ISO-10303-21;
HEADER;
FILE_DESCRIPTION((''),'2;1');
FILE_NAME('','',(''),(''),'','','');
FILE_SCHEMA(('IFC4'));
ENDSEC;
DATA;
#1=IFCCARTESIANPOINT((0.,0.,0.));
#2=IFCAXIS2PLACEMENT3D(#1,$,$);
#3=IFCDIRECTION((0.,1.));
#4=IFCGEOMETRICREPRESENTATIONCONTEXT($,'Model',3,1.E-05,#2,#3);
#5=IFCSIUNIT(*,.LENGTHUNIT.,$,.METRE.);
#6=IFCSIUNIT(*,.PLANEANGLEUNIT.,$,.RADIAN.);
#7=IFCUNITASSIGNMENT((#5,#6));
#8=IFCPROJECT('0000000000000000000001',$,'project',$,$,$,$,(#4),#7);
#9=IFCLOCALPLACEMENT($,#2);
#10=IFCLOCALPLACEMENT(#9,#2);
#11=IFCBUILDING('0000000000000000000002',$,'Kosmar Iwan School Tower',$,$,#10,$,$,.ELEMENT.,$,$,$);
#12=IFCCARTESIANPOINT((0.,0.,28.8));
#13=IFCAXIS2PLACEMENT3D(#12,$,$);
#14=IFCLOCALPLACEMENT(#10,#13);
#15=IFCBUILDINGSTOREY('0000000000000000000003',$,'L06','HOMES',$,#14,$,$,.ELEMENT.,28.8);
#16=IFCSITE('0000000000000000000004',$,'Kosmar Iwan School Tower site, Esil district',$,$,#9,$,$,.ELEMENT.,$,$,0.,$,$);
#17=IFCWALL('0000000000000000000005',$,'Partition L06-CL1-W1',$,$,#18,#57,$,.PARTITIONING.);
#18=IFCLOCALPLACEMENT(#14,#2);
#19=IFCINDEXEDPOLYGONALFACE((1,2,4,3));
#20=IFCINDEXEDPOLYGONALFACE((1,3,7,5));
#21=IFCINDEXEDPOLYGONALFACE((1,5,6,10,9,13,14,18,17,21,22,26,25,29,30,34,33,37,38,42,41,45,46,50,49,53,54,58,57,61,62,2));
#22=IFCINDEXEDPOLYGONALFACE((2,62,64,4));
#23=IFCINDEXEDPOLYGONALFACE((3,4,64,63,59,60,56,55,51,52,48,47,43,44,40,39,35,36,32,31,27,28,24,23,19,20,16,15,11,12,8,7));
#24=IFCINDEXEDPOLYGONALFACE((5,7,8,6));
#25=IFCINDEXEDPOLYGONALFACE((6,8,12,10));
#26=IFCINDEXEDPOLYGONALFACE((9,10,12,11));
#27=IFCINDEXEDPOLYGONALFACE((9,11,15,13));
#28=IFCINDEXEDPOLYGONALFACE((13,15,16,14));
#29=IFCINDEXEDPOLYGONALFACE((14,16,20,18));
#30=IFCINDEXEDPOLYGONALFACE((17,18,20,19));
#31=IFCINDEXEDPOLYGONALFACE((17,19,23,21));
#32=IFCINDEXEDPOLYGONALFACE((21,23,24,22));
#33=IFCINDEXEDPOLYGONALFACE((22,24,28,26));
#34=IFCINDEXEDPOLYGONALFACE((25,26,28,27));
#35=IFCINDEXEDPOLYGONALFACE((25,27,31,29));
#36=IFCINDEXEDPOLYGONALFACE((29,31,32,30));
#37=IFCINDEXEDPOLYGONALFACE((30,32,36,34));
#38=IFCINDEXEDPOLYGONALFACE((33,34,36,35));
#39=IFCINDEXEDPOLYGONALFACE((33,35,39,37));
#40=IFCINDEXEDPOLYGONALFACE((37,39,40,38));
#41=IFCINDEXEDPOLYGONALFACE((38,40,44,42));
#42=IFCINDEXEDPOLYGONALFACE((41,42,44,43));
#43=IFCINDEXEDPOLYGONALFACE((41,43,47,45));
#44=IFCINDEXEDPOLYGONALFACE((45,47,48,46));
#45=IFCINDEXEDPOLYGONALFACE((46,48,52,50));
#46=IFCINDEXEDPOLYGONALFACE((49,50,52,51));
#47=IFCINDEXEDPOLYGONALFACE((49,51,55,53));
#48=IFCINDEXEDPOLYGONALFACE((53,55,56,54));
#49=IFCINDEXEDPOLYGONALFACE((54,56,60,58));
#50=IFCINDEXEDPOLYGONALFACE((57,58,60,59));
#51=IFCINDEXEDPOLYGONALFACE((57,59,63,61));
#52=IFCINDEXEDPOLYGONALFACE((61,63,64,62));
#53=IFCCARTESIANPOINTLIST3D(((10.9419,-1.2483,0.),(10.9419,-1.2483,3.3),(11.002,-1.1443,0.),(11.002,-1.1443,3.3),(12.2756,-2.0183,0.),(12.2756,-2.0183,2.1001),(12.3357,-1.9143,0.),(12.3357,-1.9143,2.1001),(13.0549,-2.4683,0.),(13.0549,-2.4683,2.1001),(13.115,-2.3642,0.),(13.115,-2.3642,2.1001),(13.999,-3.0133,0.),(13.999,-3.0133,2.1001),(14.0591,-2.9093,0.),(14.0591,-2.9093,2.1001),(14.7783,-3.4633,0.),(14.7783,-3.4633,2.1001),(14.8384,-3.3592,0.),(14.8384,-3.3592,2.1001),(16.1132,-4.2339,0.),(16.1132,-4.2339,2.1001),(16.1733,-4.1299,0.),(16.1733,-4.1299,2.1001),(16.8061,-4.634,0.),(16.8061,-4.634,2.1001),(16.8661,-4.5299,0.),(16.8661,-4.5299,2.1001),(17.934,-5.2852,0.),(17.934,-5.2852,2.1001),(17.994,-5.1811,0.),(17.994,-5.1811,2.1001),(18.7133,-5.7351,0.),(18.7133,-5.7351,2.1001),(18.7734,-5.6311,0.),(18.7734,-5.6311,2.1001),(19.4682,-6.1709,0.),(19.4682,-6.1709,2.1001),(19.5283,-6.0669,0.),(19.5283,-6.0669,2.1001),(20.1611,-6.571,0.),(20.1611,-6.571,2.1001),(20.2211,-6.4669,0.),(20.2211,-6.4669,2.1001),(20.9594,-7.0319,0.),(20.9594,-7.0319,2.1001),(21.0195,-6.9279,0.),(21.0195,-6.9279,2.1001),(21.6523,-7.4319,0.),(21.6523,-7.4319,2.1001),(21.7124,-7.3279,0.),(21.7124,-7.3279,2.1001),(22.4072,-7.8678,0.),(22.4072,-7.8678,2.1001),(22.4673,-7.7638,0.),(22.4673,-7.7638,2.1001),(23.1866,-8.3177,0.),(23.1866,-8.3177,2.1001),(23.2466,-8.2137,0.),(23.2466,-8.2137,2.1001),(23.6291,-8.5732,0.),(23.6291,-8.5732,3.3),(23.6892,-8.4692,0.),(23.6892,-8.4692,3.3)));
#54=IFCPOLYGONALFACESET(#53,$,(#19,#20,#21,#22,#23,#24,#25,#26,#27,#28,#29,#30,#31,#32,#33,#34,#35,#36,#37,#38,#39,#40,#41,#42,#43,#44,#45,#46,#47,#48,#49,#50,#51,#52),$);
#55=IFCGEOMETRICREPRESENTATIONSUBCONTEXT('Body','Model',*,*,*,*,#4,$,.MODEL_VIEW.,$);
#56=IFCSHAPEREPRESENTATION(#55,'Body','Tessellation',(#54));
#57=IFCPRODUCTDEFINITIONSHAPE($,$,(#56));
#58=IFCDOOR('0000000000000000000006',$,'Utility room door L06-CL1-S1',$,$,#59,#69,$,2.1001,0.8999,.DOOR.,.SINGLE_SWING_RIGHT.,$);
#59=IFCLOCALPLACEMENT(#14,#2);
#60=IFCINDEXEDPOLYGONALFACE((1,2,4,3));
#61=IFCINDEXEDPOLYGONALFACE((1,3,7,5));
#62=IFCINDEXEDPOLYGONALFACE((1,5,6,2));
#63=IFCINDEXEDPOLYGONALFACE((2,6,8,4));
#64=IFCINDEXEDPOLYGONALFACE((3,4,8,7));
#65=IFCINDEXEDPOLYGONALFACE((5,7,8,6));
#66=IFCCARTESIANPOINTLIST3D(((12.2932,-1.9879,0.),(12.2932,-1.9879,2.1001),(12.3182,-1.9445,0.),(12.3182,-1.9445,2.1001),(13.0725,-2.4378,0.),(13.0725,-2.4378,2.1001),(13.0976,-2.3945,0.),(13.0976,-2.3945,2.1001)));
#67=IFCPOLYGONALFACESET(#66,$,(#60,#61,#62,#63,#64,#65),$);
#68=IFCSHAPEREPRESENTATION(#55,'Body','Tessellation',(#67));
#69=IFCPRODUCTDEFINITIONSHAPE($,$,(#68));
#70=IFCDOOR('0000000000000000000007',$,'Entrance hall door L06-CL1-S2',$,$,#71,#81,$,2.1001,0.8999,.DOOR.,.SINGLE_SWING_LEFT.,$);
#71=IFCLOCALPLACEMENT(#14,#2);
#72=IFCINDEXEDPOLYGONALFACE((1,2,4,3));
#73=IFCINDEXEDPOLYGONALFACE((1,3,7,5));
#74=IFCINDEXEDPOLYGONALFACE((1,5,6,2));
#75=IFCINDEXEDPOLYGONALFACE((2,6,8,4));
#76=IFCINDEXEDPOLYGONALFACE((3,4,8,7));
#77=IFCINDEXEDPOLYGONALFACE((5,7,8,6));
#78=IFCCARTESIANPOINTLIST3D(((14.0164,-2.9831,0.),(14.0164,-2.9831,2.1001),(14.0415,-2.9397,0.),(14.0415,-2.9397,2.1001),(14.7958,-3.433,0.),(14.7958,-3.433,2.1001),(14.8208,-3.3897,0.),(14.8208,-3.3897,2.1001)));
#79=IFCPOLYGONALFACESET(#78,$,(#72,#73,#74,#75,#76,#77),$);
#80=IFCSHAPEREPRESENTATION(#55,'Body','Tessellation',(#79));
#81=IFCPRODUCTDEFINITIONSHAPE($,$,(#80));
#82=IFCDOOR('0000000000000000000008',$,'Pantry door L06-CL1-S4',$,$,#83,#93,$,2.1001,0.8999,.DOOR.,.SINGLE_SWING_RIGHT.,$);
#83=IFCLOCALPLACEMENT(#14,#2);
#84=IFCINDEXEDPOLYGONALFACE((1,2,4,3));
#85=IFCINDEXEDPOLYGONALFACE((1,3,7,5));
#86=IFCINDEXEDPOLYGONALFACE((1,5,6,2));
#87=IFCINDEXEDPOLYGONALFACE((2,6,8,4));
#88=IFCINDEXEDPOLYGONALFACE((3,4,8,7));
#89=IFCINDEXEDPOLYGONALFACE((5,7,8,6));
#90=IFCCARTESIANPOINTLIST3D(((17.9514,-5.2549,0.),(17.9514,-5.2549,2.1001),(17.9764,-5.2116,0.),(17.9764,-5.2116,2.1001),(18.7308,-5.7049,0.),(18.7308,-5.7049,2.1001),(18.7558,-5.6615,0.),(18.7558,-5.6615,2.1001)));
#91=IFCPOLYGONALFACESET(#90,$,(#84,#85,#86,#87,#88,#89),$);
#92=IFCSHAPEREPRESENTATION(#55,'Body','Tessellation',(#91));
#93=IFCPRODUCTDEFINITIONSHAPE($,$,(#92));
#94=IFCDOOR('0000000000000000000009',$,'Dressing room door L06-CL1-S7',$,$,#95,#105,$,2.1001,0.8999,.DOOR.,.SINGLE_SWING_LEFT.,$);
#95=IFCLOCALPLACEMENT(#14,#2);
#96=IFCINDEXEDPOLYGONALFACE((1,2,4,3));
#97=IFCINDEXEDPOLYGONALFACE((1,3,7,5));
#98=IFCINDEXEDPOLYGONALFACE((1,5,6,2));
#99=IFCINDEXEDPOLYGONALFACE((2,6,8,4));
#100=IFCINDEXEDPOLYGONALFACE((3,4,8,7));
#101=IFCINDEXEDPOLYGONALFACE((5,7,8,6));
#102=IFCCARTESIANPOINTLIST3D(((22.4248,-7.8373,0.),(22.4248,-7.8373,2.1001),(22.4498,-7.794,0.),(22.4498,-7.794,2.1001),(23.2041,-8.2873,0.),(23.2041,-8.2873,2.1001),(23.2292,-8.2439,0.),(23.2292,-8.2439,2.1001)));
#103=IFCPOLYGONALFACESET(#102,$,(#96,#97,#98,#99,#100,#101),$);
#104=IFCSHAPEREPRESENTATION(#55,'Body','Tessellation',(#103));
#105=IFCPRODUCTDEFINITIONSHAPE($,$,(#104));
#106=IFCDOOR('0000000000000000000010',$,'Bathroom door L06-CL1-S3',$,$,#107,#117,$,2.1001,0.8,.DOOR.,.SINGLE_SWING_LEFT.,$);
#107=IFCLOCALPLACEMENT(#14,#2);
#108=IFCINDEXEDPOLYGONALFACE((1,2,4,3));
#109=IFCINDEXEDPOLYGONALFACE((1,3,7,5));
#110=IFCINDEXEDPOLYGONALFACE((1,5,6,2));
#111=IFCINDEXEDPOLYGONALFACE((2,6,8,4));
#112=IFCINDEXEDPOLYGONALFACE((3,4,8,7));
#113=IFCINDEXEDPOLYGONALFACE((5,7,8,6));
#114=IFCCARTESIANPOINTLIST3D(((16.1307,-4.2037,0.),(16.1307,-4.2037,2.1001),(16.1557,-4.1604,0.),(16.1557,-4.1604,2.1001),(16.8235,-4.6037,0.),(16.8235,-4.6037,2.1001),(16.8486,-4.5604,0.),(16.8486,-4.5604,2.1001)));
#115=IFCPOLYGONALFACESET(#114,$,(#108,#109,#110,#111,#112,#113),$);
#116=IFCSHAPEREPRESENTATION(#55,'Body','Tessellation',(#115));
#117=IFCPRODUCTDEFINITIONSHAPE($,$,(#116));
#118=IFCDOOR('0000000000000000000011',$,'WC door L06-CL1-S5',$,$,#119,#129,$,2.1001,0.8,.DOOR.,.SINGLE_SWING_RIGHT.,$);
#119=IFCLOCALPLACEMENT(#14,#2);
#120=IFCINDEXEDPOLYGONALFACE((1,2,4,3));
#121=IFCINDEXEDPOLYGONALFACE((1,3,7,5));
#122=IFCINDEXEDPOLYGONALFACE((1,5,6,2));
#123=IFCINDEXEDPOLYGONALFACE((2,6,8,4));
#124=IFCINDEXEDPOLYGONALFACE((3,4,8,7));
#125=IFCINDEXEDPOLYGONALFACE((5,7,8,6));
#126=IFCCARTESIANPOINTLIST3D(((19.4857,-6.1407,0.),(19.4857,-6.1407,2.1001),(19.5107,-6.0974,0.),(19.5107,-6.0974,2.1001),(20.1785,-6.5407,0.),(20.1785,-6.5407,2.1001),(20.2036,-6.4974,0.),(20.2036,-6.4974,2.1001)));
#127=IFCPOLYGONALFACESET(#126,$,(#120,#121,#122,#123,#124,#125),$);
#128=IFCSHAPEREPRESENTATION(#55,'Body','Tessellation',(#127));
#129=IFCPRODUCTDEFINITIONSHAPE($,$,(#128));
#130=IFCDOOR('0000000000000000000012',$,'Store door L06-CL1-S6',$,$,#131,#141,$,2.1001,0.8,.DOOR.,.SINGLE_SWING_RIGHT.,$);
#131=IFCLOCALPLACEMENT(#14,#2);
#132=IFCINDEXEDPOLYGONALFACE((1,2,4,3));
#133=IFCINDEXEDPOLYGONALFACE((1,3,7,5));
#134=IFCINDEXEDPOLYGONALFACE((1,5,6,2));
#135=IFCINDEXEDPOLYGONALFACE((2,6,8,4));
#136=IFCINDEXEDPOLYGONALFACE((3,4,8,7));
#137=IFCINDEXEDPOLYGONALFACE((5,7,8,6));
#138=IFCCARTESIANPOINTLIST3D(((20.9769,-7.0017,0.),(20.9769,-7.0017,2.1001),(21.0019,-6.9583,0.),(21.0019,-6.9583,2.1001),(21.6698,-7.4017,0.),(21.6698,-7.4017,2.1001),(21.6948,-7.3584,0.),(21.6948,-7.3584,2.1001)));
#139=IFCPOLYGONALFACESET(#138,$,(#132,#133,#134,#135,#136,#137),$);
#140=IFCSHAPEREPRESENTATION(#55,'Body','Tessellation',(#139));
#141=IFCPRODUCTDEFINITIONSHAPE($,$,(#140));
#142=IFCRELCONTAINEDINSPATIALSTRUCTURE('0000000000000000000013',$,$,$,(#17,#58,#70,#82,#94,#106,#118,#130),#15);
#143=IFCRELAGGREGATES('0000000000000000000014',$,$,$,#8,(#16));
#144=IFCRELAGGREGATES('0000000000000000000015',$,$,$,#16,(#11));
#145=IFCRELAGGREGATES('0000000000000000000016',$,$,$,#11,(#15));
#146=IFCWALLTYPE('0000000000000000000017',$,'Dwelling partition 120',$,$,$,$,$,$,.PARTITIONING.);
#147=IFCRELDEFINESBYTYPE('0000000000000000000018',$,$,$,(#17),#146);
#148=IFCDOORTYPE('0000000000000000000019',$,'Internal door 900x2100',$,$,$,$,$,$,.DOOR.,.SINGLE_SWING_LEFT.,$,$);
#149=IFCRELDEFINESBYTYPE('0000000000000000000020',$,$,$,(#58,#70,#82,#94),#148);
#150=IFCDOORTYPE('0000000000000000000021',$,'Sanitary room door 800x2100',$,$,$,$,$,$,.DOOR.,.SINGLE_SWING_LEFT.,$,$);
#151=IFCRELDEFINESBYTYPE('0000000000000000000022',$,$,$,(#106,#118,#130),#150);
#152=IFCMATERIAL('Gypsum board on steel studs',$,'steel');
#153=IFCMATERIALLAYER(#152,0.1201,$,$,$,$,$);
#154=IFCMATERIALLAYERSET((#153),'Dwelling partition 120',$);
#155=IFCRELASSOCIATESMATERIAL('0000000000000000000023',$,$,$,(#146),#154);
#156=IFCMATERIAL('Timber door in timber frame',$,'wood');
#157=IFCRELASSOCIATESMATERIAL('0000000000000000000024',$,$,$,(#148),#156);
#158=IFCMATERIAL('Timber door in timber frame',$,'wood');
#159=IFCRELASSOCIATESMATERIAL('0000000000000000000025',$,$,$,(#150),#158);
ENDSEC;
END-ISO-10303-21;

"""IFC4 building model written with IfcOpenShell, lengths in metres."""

from ifc_helpers import new_model, si_unit, direction, frame, frame_2d, origin, place, context, subcontext, project, spatial, rectangle, extrude, material, layer, layer_set, type_object, element, fill, save


model = new_model("IFC4")

# Units and contexts
model_context = context("Model", 3, precision=1e-05, world=origin(), true_north=direction((0.0, 1.0)))
body_context = subcontext(model_context, "Body", "Model", "MODEL_VIEW")
ifc_project = project(units=[si_unit("LENGTHUNIT", "METRE"), si_unit("PLANEANGLEUNIT", "RADIAN")], contexts=[model_context])

# Site, building, storey
site_placement = place(None, origin())
site = spatial("IfcSite", under=ifc_project, at=site_placement, Name="Kosmar Iwan School Tower site, Esil district", CompositionType="ELEMENT", RefElevation=0.0)
building_placement = place(site_placement, origin())
building = spatial("IfcBuilding", under=site, at=building_placement, Name="Kosmar Iwan School Tower", CompositionType="ELEMENT")
storey_placement = place(building_placement, frame((0.0, 0.0, 28.8)))
storey = spatial("IfcBuildingStorey", under=building, at=storey_placement, Name="L06", Description="HOMES", CompositionType="ELEMENT", Elevation=28.8)

# Wall, openings, doors
ifc_material_1 = material(Name="Gypsum board on steel studs", Category="steel")
ifc_layer_1 = layer(ifc_material_1, 0.1201)
ifc_layer_set_1 = layer_set([ifc_layer_1], Name="Dwelling partition 120")
wall_type_1 = type_object("IfcWallType", Name="Dwelling partition 120", PredefinedType="PARTITIONING", material=ifc_layer_set_1)
wall_1_placement = place(storey_placement, frame((10.9719, -1.1963, 0.0), z_axis=(0.0, 0.0, 1.0), x_axis=(0.866027, -0.499998, 0.0)))
wall_1 = element("IfcWall", 1, at=wall_1_placement, inside=storey, type_object=wall_type_1, Name="Partition L06-CL1-W1", PredefinedType="PARTITIONING", context=body_context, shape_type="SweptSolid", body=[
    extrude(rectangle(XDim=14.6499, YDim=0.1201, at=frame_2d((7.325, 0.0))), origin(), (0.0, 0.0, 1.0), 3.3),
])
opening_1_placement = place(wall_1_placement, frame((1.54, 0.0, 0.0)))
opening_1 = element("IfcOpeningElement", 2, at=opening_1_placement, cuts=wall_1, PredefinedType="OPENING", context=body_context, shape_type="SweptSolid", body=[
    extrude(rectangle(XDim=0.8999, YDim=2.1001, at=frame_2d((0.45, 1.05))), frame((0.0, 0.072, 0.0), z_axis=(0.0, -1.0, 0.0), x_axis=(1.0, 0.0, 0.0)), (0.0, 0.0, 1.0), 0.144),
])
opening_2_placement = place(wall_1_placement, frame((3.53, 0.0, 0.0)))
opening_2 = element("IfcOpeningElement", 3, at=opening_2_placement, cuts=wall_1, PredefinedType="OPENING", context=body_context, shape_type="SweptSolid", body=[
    extrude(rectangle(XDim=0.8999, YDim=2.1001, at=frame_2d((0.45, 1.05))), frame((0.0, 0.072, 0.0), z_axis=(0.0, -1.0, 0.0), x_axis=(1.0, 0.0, 0.0)), (0.0, 0.0, 1.0), 0.144),
])
opening_3_placement = place(wall_1_placement, frame((5.9714, 0.0, 0.0)))
opening_3 = element("IfcOpeningElement", 4, at=opening_3_placement, cuts=wall_1, PredefinedType="OPENING", context=body_context, shape_type="SweptSolid", body=[
    extrude(rectangle(XDim=0.8, YDim=2.1001, at=frame_2d((0.3999, 1.05))), frame((0.0, 0.072, 0.0), z_axis=(0.0, -1.0, 0.0), x_axis=(1.0, 0.0, 0.0)), (0.0, 0.0, 1.0), 0.144),
])
opening_4_placement = place(wall_1_placement, frame((8.0737, 0.0, 0.0)))
opening_4 = element("IfcOpeningElement", 5, at=opening_4_placement, cuts=wall_1, PredefinedType="OPENING", context=body_context, shape_type="SweptSolid", body=[
    extrude(rectangle(XDim=0.8999, YDim=2.1001, at=frame_2d((0.45, 1.05))), frame((0.0, 0.072, 0.0), z_axis=(0.0, -1.0, 0.0), x_axis=(1.0, 0.0, 0.0)), (0.0, 0.0, 1.0), 0.144),
])
opening_5_placement = place(wall_1_placement, frame((9.8455, 0.0, 0.0)))
opening_5 = element("IfcOpeningElement", 6, at=opening_5_placement, cuts=wall_1, PredefinedType="OPENING", context=body_context, shape_type="SweptSolid", body=[
    extrude(rectangle(XDim=0.8, YDim=2.1001, at=frame_2d((0.3999, 1.05))), frame((0.0, 0.072, 0.0), z_axis=(0.0, -1.0, 0.0), x_axis=(1.0, 0.0, 0.0)), (0.0, 0.0, 1.0), 0.144),
])
opening_6_placement = place(wall_1_placement, frame((11.5674, 0.0, 0.0)))
opening_6 = element("IfcOpeningElement", 7, at=opening_6_placement, cuts=wall_1, PredefinedType="OPENING", context=body_context, shape_type="SweptSolid", body=[
    extrude(rectangle(XDim=0.8, YDim=2.1001, at=frame_2d((0.3999, 1.05))), frame((0.0, 0.072, 0.0), z_axis=(0.0, -1.0, 0.0), x_axis=(1.0, 0.0, 0.0)), (0.0, 0.0, 1.0), 0.144),
])
opening_7_placement = place(wall_1_placement, frame((13.239, 0.0, 0.0)))
opening_7 = element("IfcOpeningElement", 8, at=opening_7_placement, cuts=wall_1, PredefinedType="OPENING", context=body_context, shape_type="SweptSolid", body=[
    extrude(rectangle(XDim=0.8999, YDim=2.1001, at=frame_2d((0.45, 1.05))), frame((0.0, 0.072, 0.0), z_axis=(0.0, -1.0, 0.0), x_axis=(1.0, 0.0, 0.0)), (0.0, 0.0, 1.0), 0.144),
])
ifc_material_2 = material(Name="Timber door in timber frame", Category="wood")
door_type_1 = type_object("IfcDoorType", Name="Internal door 900x2100", OperationType="SINGLE_SWING_LEFT", PredefinedType="DOOR", material=ifc_material_2)
door_1_placement = place(opening_1_placement, frame((0.8999, 0.0, 0.0), z_axis=(0.0, 0.0, 1.0), x_axis=(-1.0, 0.0, 0.0)))
door_1 = element("IfcDoor", 9, at=door_1_placement, inside=storey, type_object=door_type_1, Name="Utility room door L06-CL1-S1", OperationType="SINGLE_SWING_RIGHT", OverallHeight=2.1001, OverallWidth=0.8999, PredefinedType="DOOR", context=body_context, shape_type="SweptSolid", body=[
    extrude(rectangle(XDim=0.8999, YDim=2.1001, at=frame_2d((0.45, 1.05))), frame((0.0, 0.0249, 0.0), z_axis=(0.0, -1.0, 0.0), x_axis=(1.0, 0.0, 0.0)), (0.0, 0.0, 1.0), 0.05),
])
fill(opening_1, door_1)
door_2_placement = place(opening_2_placement, origin())
door_2 = element("IfcDoor", 10, at=door_2_placement, inside=storey, type_object=door_type_1, Name="Entrance hall door L06-CL1-S2", OperationType="SINGLE_SWING_LEFT", OverallHeight=2.1001, OverallWidth=0.8999, PredefinedType="DOOR", context=body_context, shape_type="SweptSolid", body=[
    extrude(rectangle(XDim=0.8999, YDim=2.1001, at=frame_2d((0.45, 1.05))), frame((0.0, 0.0249, 0.0), z_axis=(0.0, -1.0, 0.0), x_axis=(1.0, 0.0, 0.0)), (0.0, 0.0, 1.0), 0.05),
])
fill(opening_2, door_2)
door_3_placement = place(opening_4_placement, origin())
door_3 = element("IfcDoor", 11, at=door_3_placement, inside=storey, type_object=door_type_1, Name="Pantry door L06-CL1-S4", OperationType="SINGLE_SWING_RIGHT", OverallHeight=2.1001, OverallWidth=0.8999, PredefinedType="DOOR", context=body_context, shape_type="SweptSolid", body=[
    extrude(rectangle(XDim=0.8999, YDim=2.1001, at=frame_2d((0.45, 1.05))), frame((0.0, 0.0249, 0.0), z_axis=(0.0, -1.0, 0.0), x_axis=(1.0, 0.0, 0.0)), (0.0, 0.0, 1.0), 0.05),
])
fill(opening_4, door_3)
door_4_placement = place(opening_7_placement, frame((0.8999, 0.0, 0.0), z_axis=(0.0, 0.0, 1.0), x_axis=(-1.0, 0.0, 0.0)))
door_4 = element("IfcDoor", 12, at=door_4_placement, inside=storey, type_object=door_type_1, Name="Dressing room door L06-CL1-S7", OperationType="SINGLE_SWING_LEFT", OverallHeight=2.1001, OverallWidth=0.8999, PredefinedType="DOOR", context=body_context, shape_type="SweptSolid", body=[
    extrude(rectangle(XDim=0.8999, YDim=2.1001, at=frame_2d((0.45, 1.05))), frame((0.0, 0.0249, 0.0), z_axis=(0.0, -1.0, 0.0), x_axis=(1.0, 0.0, 0.0)), (0.0, 0.0, 1.0), 0.05),
])
fill(opening_7, door_4)
ifc_material_3 = material(Name="Timber door in timber frame", Category="wood")
door_type_2 = type_object("IfcDoorType", Name="Sanitary room door 800x2100", OperationType="SINGLE_SWING_LEFT", PredefinedType="DOOR", material=ifc_material_3)
door_5_placement = place(opening_3_placement, origin())
door_5 = element("IfcDoor", 13, at=door_5_placement, inside=storey, type_object=door_type_2, Name="Bathroom door L06-CL1-S3", OperationType="SINGLE_SWING_LEFT", OverallHeight=2.1001, OverallWidth=0.8, PredefinedType="DOOR", context=body_context, shape_type="SweptSolid", body=[
    extrude(rectangle(XDim=0.8, YDim=2.1001, at=frame_2d((0.3999, 1.05))), frame((0.0, 0.0249, 0.0), z_axis=(0.0, -1.0, 0.0), x_axis=(1.0, 0.0, 0.0)), (0.0, 0.0, 1.0), 0.05),
])
fill(opening_3, door_5)
door_6_placement = place(opening_5_placement, origin())
door_6 = element("IfcDoor", 14, at=door_6_placement, inside=storey, type_object=door_type_2, Name="WC door L06-CL1-S5", OperationType="SINGLE_SWING_RIGHT", OverallHeight=2.1001, OverallWidth=0.8, PredefinedType="DOOR", context=body_context, shape_type="SweptSolid", body=[
    extrude(rectangle(XDim=0.8, YDim=2.1001, at=frame_2d((0.3999, 1.05))), frame((0.0, 0.0249, 0.0), z_axis=(0.0, -1.0, 0.0), x_axis=(1.0, 0.0, 0.0)), (0.0, 0.0, 1.0), 0.05),
])
fill(opening_5, door_6)
door_7_placement = place(opening_6_placement, origin())
door_7 = element("IfcDoor", 15, at=door_7_placement, inside=storey, type_object=door_type_2, Name="Store door L06-CL1-S6", OperationType="SINGLE_SWING_RIGHT", OverallHeight=2.1001, OverallWidth=0.8, PredefinedType="DOOR", context=body_context, shape_type="SweptSolid", body=[
    extrude(rectangle(XDim=0.8, YDim=2.1001, at=frame_2d((0.3999, 1.05))), frame((0.0, 0.0249, 0.0), z_axis=(0.0, -1.0, 0.0), x_axis=(1.0, 0.0, 0.0)), (0.0, 0.0, 1.0), 0.05),
])
fill(opening_6, door_7)

save(model, "model.ifc")
